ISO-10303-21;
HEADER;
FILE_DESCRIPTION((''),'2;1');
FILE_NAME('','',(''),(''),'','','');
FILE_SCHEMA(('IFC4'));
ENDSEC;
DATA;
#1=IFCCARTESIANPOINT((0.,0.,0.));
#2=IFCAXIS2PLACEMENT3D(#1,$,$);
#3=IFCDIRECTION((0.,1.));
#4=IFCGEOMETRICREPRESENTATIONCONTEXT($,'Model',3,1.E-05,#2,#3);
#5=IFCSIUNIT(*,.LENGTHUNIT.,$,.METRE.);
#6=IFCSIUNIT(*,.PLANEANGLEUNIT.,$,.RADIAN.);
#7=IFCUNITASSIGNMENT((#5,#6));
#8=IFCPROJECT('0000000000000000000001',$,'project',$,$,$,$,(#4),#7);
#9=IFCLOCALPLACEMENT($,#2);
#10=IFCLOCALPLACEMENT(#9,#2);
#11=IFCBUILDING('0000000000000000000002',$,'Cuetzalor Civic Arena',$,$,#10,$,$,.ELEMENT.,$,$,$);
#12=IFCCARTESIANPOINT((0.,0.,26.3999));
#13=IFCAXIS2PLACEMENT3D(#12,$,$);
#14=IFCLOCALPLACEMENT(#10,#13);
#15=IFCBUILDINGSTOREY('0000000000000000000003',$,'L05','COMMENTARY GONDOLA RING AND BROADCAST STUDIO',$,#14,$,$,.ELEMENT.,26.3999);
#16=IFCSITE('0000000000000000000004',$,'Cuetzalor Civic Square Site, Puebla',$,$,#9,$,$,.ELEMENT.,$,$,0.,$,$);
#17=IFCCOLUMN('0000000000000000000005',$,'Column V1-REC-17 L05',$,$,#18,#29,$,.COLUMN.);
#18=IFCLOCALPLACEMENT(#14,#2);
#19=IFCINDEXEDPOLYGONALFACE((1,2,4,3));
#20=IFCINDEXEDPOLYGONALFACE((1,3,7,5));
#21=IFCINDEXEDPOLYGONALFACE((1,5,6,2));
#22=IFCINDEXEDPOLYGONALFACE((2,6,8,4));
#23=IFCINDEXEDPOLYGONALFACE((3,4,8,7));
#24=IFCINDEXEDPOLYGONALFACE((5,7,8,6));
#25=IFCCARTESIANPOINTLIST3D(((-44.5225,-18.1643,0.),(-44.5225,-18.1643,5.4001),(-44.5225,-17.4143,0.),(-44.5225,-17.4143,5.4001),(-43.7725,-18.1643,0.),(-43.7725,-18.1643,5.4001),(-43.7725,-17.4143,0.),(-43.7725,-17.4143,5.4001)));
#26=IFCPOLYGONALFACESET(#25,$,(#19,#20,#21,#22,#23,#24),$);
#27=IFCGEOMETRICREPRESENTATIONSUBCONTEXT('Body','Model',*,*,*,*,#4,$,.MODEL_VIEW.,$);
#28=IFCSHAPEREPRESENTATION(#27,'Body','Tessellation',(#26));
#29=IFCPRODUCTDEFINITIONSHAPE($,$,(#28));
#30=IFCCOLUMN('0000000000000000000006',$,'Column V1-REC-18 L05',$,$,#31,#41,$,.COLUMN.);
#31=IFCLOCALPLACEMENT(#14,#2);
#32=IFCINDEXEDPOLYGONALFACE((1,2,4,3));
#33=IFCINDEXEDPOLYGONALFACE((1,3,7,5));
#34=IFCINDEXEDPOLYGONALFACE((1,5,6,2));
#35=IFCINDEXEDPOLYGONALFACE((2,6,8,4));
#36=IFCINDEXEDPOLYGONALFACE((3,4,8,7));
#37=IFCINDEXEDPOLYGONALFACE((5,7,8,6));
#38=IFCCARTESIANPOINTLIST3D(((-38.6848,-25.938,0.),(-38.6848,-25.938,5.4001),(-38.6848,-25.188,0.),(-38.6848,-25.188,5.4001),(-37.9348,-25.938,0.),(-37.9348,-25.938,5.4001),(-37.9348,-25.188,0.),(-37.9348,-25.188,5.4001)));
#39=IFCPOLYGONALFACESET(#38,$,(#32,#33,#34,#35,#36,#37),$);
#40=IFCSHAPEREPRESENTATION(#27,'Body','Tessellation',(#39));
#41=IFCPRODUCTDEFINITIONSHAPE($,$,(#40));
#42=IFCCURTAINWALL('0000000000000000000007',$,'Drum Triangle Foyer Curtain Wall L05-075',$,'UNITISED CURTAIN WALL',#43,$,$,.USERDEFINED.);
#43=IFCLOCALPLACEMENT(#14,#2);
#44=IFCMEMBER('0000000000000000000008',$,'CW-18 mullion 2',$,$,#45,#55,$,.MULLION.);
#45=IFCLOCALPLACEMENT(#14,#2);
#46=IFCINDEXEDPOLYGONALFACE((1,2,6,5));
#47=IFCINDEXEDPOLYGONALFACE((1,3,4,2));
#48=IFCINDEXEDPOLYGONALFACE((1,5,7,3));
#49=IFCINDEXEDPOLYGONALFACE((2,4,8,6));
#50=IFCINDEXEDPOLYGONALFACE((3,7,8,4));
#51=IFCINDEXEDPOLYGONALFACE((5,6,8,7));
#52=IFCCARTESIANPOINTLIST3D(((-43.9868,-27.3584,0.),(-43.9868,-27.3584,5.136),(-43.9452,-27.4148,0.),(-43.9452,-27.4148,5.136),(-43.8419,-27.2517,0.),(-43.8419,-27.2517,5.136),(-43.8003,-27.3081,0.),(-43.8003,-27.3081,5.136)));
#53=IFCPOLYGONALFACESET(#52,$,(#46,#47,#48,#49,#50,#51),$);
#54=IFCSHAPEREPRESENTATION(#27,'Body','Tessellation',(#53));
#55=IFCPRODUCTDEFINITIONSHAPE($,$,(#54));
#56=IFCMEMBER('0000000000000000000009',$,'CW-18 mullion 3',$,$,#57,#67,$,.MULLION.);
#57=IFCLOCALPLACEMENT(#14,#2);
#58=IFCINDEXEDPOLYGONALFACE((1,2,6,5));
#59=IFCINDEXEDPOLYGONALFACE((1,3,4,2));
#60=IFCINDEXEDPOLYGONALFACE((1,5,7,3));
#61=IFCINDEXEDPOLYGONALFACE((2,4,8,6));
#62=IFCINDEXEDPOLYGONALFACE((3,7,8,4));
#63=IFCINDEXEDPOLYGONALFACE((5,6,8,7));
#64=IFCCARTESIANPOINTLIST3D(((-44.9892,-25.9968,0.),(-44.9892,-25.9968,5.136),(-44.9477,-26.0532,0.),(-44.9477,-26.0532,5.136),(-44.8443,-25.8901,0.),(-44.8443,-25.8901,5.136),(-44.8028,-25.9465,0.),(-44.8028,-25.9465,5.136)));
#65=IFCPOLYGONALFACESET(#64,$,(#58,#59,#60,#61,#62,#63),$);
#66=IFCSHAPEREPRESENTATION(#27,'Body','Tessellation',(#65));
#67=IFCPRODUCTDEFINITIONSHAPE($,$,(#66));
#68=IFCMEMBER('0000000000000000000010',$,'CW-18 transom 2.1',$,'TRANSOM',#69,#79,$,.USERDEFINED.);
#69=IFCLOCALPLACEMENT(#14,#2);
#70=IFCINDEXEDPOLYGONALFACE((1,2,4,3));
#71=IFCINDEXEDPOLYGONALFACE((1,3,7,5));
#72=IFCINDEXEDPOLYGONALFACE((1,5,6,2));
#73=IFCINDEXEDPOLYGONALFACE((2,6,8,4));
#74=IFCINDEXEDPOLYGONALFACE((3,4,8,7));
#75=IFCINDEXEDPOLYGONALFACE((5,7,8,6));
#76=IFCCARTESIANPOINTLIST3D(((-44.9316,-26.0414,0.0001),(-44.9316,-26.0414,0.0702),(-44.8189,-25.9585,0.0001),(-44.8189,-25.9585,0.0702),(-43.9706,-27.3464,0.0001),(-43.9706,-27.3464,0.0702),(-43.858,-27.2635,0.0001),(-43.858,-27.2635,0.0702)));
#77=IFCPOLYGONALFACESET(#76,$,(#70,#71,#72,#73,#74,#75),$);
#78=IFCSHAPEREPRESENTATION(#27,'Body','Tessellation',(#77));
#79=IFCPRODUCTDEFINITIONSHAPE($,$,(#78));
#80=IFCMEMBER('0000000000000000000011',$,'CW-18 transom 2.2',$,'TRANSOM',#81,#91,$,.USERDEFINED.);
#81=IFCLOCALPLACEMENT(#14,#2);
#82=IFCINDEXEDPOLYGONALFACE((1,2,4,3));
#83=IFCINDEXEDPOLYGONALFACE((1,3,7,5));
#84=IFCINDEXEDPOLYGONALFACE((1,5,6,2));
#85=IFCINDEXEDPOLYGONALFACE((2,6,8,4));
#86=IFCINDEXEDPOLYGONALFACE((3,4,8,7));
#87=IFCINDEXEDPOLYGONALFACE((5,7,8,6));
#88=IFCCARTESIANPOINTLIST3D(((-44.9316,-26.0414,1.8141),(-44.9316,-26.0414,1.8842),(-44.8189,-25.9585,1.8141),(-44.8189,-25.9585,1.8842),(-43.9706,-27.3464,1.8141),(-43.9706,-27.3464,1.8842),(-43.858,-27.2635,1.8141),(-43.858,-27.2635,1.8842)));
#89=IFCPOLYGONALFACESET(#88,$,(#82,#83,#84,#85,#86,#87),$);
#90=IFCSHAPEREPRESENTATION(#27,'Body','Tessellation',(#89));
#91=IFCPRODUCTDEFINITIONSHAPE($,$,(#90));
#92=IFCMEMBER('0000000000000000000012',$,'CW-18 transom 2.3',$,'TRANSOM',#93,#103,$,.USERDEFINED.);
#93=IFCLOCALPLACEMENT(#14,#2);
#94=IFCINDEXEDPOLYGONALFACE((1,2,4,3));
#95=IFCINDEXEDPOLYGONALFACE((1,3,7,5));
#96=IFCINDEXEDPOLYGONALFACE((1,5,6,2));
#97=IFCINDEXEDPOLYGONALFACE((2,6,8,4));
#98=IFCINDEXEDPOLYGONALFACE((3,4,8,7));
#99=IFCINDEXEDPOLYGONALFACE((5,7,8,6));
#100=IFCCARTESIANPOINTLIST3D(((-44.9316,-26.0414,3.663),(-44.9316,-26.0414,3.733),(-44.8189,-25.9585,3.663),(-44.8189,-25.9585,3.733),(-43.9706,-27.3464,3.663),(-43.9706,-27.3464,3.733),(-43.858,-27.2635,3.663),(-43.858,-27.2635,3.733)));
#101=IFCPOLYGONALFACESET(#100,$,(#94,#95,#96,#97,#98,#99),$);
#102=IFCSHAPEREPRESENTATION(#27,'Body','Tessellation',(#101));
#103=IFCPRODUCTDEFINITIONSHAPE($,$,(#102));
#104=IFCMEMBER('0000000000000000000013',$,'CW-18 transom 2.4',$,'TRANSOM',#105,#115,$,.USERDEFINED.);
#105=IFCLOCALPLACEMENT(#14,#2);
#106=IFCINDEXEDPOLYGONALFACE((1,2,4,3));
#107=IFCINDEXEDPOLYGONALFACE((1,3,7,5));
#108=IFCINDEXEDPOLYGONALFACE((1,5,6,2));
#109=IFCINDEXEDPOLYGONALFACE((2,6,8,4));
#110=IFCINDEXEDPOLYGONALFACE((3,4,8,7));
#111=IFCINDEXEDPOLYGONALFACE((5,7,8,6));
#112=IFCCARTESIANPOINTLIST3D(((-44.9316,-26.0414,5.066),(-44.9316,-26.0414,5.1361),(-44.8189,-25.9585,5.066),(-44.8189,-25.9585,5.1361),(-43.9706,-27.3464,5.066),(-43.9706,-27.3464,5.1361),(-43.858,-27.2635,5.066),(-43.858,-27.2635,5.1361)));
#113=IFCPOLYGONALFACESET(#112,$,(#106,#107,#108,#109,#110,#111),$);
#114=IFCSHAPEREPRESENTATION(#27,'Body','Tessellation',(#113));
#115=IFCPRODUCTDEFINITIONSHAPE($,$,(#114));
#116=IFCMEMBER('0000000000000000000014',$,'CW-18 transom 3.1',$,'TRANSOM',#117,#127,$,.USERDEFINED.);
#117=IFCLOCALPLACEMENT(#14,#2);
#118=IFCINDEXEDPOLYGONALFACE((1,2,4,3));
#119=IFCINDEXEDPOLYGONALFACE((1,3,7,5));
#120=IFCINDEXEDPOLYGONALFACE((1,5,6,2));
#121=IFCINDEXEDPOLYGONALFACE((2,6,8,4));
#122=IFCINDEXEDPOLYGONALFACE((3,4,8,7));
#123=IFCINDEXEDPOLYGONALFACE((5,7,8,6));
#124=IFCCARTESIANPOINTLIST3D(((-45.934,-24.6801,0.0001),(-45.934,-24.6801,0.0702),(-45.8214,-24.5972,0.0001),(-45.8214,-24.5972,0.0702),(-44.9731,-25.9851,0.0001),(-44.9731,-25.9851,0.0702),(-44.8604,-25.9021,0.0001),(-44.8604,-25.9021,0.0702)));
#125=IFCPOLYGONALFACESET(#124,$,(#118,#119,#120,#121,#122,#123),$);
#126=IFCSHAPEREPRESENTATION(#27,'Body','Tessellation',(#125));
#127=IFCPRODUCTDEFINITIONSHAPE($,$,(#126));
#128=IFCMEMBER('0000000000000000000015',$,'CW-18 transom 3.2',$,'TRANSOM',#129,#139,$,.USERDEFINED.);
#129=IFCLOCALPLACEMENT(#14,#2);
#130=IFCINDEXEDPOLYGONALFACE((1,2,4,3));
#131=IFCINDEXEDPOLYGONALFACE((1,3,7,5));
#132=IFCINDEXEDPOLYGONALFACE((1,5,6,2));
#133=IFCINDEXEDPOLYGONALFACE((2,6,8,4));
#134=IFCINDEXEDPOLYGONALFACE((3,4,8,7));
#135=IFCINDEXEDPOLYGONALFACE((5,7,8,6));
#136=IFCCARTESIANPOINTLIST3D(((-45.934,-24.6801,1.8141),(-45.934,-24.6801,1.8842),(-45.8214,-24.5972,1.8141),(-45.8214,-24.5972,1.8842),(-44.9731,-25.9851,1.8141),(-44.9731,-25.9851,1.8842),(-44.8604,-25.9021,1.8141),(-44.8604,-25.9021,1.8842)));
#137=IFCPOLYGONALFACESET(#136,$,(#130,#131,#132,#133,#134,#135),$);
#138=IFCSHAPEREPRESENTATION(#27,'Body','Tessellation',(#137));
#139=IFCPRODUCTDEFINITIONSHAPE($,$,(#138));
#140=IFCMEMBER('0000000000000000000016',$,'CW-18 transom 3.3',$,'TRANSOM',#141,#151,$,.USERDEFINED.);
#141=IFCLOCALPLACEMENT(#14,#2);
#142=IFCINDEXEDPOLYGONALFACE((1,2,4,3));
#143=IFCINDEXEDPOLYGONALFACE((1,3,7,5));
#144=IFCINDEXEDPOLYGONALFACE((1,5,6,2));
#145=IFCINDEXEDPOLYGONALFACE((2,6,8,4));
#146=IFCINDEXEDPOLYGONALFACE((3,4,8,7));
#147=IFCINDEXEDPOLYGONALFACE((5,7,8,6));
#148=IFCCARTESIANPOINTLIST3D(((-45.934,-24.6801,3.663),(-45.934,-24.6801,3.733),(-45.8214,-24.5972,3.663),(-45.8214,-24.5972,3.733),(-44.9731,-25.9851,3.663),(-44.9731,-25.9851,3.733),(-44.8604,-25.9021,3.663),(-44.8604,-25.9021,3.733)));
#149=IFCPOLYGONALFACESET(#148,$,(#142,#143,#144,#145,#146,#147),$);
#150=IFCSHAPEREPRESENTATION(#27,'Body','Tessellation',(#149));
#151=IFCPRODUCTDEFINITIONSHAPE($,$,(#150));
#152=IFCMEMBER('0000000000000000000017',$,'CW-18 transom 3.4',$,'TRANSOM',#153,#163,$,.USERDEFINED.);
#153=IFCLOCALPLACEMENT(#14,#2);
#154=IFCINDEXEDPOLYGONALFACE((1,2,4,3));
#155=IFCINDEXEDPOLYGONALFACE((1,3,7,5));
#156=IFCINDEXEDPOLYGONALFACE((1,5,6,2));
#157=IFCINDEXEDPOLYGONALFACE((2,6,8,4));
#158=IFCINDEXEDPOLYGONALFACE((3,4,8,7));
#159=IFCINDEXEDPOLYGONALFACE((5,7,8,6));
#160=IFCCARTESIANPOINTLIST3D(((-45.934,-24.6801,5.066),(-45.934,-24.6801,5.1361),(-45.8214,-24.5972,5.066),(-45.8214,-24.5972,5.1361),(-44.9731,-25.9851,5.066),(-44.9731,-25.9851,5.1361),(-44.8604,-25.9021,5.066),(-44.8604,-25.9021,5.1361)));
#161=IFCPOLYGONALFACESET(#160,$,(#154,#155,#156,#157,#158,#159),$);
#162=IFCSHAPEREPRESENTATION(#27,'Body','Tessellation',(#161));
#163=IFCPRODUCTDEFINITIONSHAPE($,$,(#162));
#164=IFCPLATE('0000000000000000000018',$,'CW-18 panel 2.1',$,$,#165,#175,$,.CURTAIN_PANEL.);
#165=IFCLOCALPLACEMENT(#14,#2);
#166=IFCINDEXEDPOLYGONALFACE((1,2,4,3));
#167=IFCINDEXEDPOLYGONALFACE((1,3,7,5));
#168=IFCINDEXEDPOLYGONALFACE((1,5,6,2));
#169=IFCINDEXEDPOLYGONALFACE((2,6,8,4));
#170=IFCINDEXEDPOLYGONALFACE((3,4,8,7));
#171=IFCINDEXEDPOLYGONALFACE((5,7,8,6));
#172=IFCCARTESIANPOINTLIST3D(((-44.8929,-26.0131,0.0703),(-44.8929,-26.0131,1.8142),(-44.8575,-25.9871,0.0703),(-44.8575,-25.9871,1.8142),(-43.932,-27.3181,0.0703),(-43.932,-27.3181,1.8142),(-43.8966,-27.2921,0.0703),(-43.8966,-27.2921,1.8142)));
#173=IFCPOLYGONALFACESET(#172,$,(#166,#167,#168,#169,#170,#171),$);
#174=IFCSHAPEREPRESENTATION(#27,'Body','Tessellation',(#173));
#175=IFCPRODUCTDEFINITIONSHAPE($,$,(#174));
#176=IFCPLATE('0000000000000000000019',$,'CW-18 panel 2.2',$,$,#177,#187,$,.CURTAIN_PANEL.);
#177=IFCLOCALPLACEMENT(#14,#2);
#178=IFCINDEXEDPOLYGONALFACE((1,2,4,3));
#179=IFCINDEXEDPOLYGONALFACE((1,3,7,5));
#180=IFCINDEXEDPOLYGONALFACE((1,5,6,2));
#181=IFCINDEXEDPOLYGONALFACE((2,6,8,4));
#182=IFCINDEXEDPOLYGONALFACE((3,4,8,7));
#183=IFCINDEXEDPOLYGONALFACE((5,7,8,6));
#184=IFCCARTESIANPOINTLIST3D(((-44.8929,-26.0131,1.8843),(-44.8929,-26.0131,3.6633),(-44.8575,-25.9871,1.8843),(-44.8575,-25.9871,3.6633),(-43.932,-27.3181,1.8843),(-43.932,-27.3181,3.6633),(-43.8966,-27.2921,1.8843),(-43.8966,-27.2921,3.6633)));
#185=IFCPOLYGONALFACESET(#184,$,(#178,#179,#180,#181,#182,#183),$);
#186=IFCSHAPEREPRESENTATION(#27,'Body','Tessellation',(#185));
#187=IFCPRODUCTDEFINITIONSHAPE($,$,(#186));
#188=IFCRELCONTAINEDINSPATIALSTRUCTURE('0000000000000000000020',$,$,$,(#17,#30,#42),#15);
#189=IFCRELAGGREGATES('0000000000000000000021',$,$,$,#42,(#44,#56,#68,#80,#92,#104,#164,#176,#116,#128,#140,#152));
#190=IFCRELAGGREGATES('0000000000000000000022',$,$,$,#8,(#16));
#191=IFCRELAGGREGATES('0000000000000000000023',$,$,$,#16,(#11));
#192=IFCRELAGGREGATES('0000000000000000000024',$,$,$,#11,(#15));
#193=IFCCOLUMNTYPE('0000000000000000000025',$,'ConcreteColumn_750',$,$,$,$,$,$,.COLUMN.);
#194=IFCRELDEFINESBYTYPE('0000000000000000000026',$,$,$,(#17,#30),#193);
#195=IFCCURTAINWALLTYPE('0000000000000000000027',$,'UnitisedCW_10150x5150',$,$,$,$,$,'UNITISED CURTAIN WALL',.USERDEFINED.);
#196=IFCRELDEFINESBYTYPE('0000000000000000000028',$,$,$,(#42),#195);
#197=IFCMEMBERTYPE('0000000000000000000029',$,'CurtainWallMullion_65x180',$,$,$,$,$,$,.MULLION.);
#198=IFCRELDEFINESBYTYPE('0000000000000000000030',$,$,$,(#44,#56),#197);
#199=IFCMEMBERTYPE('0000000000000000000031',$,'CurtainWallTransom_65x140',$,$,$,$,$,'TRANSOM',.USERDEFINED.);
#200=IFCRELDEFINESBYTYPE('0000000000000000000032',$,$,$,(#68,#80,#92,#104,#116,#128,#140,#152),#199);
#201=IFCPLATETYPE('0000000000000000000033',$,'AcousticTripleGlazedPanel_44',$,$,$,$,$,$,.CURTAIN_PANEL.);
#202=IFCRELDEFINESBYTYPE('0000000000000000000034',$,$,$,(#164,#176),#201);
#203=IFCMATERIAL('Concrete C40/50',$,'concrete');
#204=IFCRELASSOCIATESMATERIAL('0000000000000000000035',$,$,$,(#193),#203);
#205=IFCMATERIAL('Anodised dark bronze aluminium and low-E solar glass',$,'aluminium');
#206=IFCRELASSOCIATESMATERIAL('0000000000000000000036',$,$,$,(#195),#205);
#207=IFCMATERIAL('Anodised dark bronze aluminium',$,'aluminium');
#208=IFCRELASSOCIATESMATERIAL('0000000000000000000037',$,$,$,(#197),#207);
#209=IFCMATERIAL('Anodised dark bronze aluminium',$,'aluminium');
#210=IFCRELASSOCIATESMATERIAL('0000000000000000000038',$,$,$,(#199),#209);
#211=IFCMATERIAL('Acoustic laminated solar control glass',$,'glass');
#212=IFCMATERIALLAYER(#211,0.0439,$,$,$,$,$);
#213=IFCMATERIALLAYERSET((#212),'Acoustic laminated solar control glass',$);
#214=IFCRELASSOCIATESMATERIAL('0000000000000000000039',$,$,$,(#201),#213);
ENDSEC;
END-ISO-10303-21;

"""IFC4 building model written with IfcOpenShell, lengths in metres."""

from ifc_helpers import new_model, si_unit, direction, frame, origin, origin_2d, place, context, subcontext, project, spatial, rectangle, extrude, material, layer, layer_set, material_profile, profile_set, type_object, element, aggregate, save


model = new_model("IFC4")

# Units and contexts
model_context = context("Model", 3, precision=1e-05, world=origin(), true_north=direction((0.0, 1.0)))
body_context = subcontext(model_context, "Body", "Model", "MODEL_VIEW")
ifc_project = project(units=[si_unit("LENGTHUNIT", "METRE"), si_unit("PLANEANGLEUNIT", "RADIAN")], contexts=[model_context])

# Site, building, storey
site_placement = place(None, origin())
site = spatial("IfcSite", under=ifc_project, at=site_placement, Name="Cuetzalor Civic Square Site, Puebla", CompositionType="ELEMENT", RefElevation=0.0)
building_placement = place(site_placement, origin())
building = spatial("IfcBuilding", under=site, at=building_placement, Name="Cuetzalor Civic Arena", CompositionType="ELEMENT")
storey_placement = place(building_placement, frame((0.0, 0.0, 26.3999)))
storey = spatial("IfcBuildingStorey", under=building, at=storey_placement, Name="L05", Description="COMMENTARY GONDOLA RING AND BROADCAST STUDIO", CompositionType="ELEMENT", Elevation=26.3999)

# Columns
ifc_material_1 = material(Name="Concrete C40/50", Category="concrete")
ifc_material_profile_1 = material_profile(ifc_material_1, rectangle(XDim=0.75, YDim=0.75, at=origin_2d()), Name="RC 750x750")
ifc_profile_set_1 = profile_set([ifc_material_profile_1], Name="Concrete C40/50")
column_type = type_object("IfcColumnType", Name="ConcreteColumn_750", PredefinedType="COLUMN", material=ifc_profile_set_1)
for number, where, z_axis, x_axis, name in (
    (1, (-44.1475, -17.7893, 0.0), (0.0, 0.0, 1.0), (1.0, 0.0, 0.0), "Column V1-REC-17 L05"),
    (2, (-38.3098, -25.563, 0.0), (0.0, 0.0, 1.0), (1.0, 0.0, 0.0), "Column V1-REC-18 L05"),
):
    element("IfcColumn", number, at=place(storey_placement, frame(where, z_axis=z_axis, x_axis=x_axis)), inside=storey, type_object=column_type, Name=name, PredefinedType="COLUMN", context=body_context, shape_type="SweptSolid", body=[
        extrude(rectangle(XDim=0.75, YDim=0.75, at=origin_2d()), origin(), (0.0, 0.0, 1.0), 5.4001),
    ])

# Curtain wall, members, plates
ifc_material_2 = material(Name="Anodised dark bronze aluminium and low-E solar glass", Category="aluminium")
curtain_wall_type = type_object("IfcCurtainWallType", Name="UnitisedCW_10150x5150", ElementType="UNITISED CURTAIN WALL", PredefinedType="USERDEFINED", material=ifc_material_2)
curtain_wall_placement = place(storey_placement, origin())
curtain_wall = element("IfcCurtainWall", 3, at=curtain_wall_placement, inside=storey, type_object=curtain_wall_type, Name="Drum Triangle Foyer Curtain Wall L05-075", ObjectType="UNITISED CURTAIN WALL", PredefinedType="USERDEFINED")
ifc_material_3 = material(Name="Anodised dark bronze aluminium", Category="aluminium")
ifc_material_profile_2 = material_profile(ifc_material_3, rectangle(XDim=0.0701, YDim=0.1799, at=origin_2d()), Name="ALU MULLION 70x180")
ifc_profile_set_2 = profile_set([ifc_material_profile_2], Name="Anodised dark bronze aluminium")
member_type_1 = type_object("IfcMemberType", Name="CurtainWallMullion_65x180", PredefinedType="MULLION", material=ifc_profile_set_2)
member_1_placement = place(storey_placement, frame((-43.8936, -27.3333, 0.0), z_axis=(0.0, 0.0, 1.0), x_axis=(-0.592929, 0.805255, 0.0)))
member_1 = element("IfcMember", 4, at=member_1_placement, type_object=member_type_1, Name="CW-18 mullion 2", PredefinedType="MULLION", context=body_context, shape_type="SweptSolid", body=[
    extrude(rectangle(XDim=0.0701, YDim=0.1799, at=origin_2d()), origin(), (0.0, 0.0, 1.0), 5.136),
])
member_2_placement = place(storey_placement, frame((-44.896, -25.9717, 0.0), z_axis=(0.0, 0.0, 1.0), x_axis=(-0.592929, 0.805255, 0.0)))
member_2 = element("IfcMember", 5, at=member_2_placement, type_object=member_type_1, Name="CW-18 mullion 3", PredefinedType="MULLION", context=body_context, shape_type="SweptSolid", body=[
    extrude(rectangle(XDim=0.0701, YDim=0.1799, at=origin_2d()), origin(), (0.0, 0.0, 1.0), 5.136),
])
ifc_material_4 = material(Name="Anodised dark bronze aluminium", Category="aluminium")
ifc_material_profile_3 = material_profile(ifc_material_4, rectangle(XDim=0.1399, YDim=0.0701, at=origin_2d()), Name="ALU TRANSOM 70x140")
ifc_profile_set_3 = profile_set([ifc_material_profile_3], Name="Anodised dark bronze aluminium")
member_type_2 = type_object("IfcMemberType", Name="CurtainWallTransom_65x140", ElementType="TRANSOM", PredefinedType="USERDEFINED", material=ifc_profile_set_3)
member_3_placement = place(storey_placement, frame((-43.9143, -27.3049, 0.0352), z_axis=(-0.592963, 0.80523, 0.0), x_axis=(-0.80523, -0.592963, 0.0)))
member_3 = element("IfcMember", 6, at=member_3_placement, type_object=member_type_2, Name="CW-18 transom 2.1", ObjectType="TRANSOM", PredefinedType="USERDEFINED", context=body_context, shape_type="SweptSolid", body=[
    extrude(rectangle(XDim=0.1399, YDim=0.0701, at=origin_2d()), origin(), (0.0, 0.0, 1.0), 1.6206),
])
member_4_placement = place(storey_placement, frame((-43.9143, -27.3049, 1.8491), z_axis=(-0.592963, 0.80523, 0.0), x_axis=(-0.80523, -0.592963, 0.0)))
member_4 = element("IfcMember", 7, at=member_4_placement, type_object=member_type_2, Name="CW-18 transom 2.2", ObjectType="TRANSOM", PredefinedType="USERDEFINED", context=body_context, shape_type="SweptSolid", body=[
    extrude(rectangle(XDim=0.1399, YDim=0.0701, at=origin_2d()), origin(), (0.0, 0.0, 1.0), 1.6206),
])
member_5_placement = place(storey_placement, frame((-43.9143, -27.3049, 3.698), z_axis=(-0.592963, 0.80523, 0.0), x_axis=(-0.80523, -0.592963, 0.0)))
member_5 = element("IfcMember", 8, at=member_5_placement, type_object=member_type_2, Name="CW-18 transom 2.3", ObjectType="TRANSOM", PredefinedType="USERDEFINED", context=body_context, shape_type="SweptSolid", body=[
    extrude(rectangle(XDim=0.1399, YDim=0.0701, at=origin_2d()), origin(), (0.0, 0.0, 1.0), 1.6206),
])
member_6_placement = place(storey_placement, frame((-43.9143, -27.3049, 5.1011), z_axis=(-0.592963, 0.80523, 0.0), x_axis=(-0.80523, -0.592963, 0.0)))
member_6 = element("IfcMember", 9, at=member_6_placement, type_object=member_type_2, Name="CW-18 transom 2.4", ObjectType="TRANSOM", PredefinedType="USERDEFINED", context=body_context, shape_type="SweptSolid", body=[
    extrude(rectangle(XDim=0.1399, YDim=0.0701, at=origin_2d()), origin(), (0.0, 0.0, 1.0), 1.6206),
])
member_7_placement = place(storey_placement, frame((-44.9167, -25.9436, 0.0352), z_axis=(-0.592963, 0.80523, 0.0), x_axis=(-0.80523, -0.592963, 0.0)))
member_7 = element("IfcMember", 10, at=member_7_placement, type_object=member_type_2, Name="CW-18 transom 3.1", ObjectType="TRANSOM", PredefinedType="USERDEFINED", context=body_context, shape_type="SweptSolid", body=[
    extrude(rectangle(XDim=0.1399, YDim=0.0701, at=origin_2d()), origin(), (0.0, 0.0, 1.0), 1.6206),
])
member_8_placement = place(storey_placement, frame((-44.9167, -25.9436, 1.8491), z_axis=(-0.592963, 0.80523, 0.0), x_axis=(-0.80523, -0.592963, 0.0)))
member_8 = element("IfcMember", 11, at=member_8_placement, type_object=member_type_2, Name="CW-18 transom 3.2", ObjectType="TRANSOM", PredefinedType="USERDEFINED", context=body_context, shape_type="SweptSolid", body=[
    extrude(rectangle(XDim=0.1399, YDim=0.0701, at=origin_2d()), origin(), (0.0, 0.0, 1.0), 1.6206),
])
member_9_placement = place(storey_placement, frame((-44.9167, -25.9436, 3.698), z_axis=(-0.592963, 0.80523, 0.0), x_axis=(-0.80523, -0.592963, 0.0)))
member_9 = element("IfcMember", 12, at=member_9_placement, type_object=member_type_2, Name="CW-18 transom 3.3", ObjectType="TRANSOM", PredefinedType="USERDEFINED", context=body_context, shape_type="SweptSolid", body=[
    extrude(rectangle(XDim=0.1399, YDim=0.0701, at=origin_2d()), origin(), (0.0, 0.0, 1.0), 1.6206),
])
member_10_placement = place(storey_placement, frame((-44.9167, -25.9436, 5.1011), z_axis=(-0.592963, 0.80523, 0.0), x_axis=(-0.80523, -0.592963, 0.0)))
member_10 = element("IfcMember", 13, at=member_10_placement, type_object=member_type_2, Name="CW-18 transom 3.4", ObjectType="TRANSOM", PredefinedType="USERDEFINED", context=body_context, shape_type="SweptSolid", body=[
    extrude(rectangle(XDim=0.1399, YDim=0.0701, at=origin_2d()), origin(), (0.0, 0.0, 1.0), 1.6206),
])
ifc_material_5 = material(Name="Acoustic laminated solar control glass", Category="glass")
ifc_layer = layer(ifc_material_5, 0.0439)
ifc_layer_set = layer_set([ifc_layer], Name="Acoustic laminated solar control glass")
plate_type = type_object("IfcPlateType", Name="AcousticTripleGlazedPanel_44", PredefinedType="CURTAIN_PANEL", material=ifc_layer_set)
plate_1_placement = place(storey_placement, frame((-44.3948, -26.6526, 0.0703), z_axis=(0.0, 0.0, 1.0), x_axis=(-0.592929, 0.805255, 0.0)))
plate_1 = element("IfcPlate", 14, at=plate_1_placement, type_object=plate_type, Name="CW-18 panel 2.1", PredefinedType="CURTAIN_PANEL", context=body_context, shape_type="SweptSolid", body=[
    extrude(rectangle(XDim=1.6206, YDim=0.0439, at=origin_2d()), origin(), (0.0, 0.0, 1.0), 1.7439),
])
plate_2_placement = place(storey_placement, frame((-44.3948, -26.6526, 1.8843), z_axis=(0.0, 0.0, 1.0), x_axis=(-0.592929, 0.805255, 0.0)))
plate_2 = element("IfcPlate", 15, at=plate_2_placement, type_object=plate_type, Name="CW-18 panel 2.2", PredefinedType="CURTAIN_PANEL", context=body_context, shape_type="SweptSolid", body=[
    extrude(rectangle(XDim=1.6206, YDim=0.0439, at=origin_2d()), origin(), (0.0, 0.0, 1.0), 1.7791),
])
aggregate(curtain_wall, [member_1, member_2, member_3, member_4, member_5, member_6, plate_1, plate_2, member_7, member_8, member_9, member_10])

save(model, "model.ifc")
